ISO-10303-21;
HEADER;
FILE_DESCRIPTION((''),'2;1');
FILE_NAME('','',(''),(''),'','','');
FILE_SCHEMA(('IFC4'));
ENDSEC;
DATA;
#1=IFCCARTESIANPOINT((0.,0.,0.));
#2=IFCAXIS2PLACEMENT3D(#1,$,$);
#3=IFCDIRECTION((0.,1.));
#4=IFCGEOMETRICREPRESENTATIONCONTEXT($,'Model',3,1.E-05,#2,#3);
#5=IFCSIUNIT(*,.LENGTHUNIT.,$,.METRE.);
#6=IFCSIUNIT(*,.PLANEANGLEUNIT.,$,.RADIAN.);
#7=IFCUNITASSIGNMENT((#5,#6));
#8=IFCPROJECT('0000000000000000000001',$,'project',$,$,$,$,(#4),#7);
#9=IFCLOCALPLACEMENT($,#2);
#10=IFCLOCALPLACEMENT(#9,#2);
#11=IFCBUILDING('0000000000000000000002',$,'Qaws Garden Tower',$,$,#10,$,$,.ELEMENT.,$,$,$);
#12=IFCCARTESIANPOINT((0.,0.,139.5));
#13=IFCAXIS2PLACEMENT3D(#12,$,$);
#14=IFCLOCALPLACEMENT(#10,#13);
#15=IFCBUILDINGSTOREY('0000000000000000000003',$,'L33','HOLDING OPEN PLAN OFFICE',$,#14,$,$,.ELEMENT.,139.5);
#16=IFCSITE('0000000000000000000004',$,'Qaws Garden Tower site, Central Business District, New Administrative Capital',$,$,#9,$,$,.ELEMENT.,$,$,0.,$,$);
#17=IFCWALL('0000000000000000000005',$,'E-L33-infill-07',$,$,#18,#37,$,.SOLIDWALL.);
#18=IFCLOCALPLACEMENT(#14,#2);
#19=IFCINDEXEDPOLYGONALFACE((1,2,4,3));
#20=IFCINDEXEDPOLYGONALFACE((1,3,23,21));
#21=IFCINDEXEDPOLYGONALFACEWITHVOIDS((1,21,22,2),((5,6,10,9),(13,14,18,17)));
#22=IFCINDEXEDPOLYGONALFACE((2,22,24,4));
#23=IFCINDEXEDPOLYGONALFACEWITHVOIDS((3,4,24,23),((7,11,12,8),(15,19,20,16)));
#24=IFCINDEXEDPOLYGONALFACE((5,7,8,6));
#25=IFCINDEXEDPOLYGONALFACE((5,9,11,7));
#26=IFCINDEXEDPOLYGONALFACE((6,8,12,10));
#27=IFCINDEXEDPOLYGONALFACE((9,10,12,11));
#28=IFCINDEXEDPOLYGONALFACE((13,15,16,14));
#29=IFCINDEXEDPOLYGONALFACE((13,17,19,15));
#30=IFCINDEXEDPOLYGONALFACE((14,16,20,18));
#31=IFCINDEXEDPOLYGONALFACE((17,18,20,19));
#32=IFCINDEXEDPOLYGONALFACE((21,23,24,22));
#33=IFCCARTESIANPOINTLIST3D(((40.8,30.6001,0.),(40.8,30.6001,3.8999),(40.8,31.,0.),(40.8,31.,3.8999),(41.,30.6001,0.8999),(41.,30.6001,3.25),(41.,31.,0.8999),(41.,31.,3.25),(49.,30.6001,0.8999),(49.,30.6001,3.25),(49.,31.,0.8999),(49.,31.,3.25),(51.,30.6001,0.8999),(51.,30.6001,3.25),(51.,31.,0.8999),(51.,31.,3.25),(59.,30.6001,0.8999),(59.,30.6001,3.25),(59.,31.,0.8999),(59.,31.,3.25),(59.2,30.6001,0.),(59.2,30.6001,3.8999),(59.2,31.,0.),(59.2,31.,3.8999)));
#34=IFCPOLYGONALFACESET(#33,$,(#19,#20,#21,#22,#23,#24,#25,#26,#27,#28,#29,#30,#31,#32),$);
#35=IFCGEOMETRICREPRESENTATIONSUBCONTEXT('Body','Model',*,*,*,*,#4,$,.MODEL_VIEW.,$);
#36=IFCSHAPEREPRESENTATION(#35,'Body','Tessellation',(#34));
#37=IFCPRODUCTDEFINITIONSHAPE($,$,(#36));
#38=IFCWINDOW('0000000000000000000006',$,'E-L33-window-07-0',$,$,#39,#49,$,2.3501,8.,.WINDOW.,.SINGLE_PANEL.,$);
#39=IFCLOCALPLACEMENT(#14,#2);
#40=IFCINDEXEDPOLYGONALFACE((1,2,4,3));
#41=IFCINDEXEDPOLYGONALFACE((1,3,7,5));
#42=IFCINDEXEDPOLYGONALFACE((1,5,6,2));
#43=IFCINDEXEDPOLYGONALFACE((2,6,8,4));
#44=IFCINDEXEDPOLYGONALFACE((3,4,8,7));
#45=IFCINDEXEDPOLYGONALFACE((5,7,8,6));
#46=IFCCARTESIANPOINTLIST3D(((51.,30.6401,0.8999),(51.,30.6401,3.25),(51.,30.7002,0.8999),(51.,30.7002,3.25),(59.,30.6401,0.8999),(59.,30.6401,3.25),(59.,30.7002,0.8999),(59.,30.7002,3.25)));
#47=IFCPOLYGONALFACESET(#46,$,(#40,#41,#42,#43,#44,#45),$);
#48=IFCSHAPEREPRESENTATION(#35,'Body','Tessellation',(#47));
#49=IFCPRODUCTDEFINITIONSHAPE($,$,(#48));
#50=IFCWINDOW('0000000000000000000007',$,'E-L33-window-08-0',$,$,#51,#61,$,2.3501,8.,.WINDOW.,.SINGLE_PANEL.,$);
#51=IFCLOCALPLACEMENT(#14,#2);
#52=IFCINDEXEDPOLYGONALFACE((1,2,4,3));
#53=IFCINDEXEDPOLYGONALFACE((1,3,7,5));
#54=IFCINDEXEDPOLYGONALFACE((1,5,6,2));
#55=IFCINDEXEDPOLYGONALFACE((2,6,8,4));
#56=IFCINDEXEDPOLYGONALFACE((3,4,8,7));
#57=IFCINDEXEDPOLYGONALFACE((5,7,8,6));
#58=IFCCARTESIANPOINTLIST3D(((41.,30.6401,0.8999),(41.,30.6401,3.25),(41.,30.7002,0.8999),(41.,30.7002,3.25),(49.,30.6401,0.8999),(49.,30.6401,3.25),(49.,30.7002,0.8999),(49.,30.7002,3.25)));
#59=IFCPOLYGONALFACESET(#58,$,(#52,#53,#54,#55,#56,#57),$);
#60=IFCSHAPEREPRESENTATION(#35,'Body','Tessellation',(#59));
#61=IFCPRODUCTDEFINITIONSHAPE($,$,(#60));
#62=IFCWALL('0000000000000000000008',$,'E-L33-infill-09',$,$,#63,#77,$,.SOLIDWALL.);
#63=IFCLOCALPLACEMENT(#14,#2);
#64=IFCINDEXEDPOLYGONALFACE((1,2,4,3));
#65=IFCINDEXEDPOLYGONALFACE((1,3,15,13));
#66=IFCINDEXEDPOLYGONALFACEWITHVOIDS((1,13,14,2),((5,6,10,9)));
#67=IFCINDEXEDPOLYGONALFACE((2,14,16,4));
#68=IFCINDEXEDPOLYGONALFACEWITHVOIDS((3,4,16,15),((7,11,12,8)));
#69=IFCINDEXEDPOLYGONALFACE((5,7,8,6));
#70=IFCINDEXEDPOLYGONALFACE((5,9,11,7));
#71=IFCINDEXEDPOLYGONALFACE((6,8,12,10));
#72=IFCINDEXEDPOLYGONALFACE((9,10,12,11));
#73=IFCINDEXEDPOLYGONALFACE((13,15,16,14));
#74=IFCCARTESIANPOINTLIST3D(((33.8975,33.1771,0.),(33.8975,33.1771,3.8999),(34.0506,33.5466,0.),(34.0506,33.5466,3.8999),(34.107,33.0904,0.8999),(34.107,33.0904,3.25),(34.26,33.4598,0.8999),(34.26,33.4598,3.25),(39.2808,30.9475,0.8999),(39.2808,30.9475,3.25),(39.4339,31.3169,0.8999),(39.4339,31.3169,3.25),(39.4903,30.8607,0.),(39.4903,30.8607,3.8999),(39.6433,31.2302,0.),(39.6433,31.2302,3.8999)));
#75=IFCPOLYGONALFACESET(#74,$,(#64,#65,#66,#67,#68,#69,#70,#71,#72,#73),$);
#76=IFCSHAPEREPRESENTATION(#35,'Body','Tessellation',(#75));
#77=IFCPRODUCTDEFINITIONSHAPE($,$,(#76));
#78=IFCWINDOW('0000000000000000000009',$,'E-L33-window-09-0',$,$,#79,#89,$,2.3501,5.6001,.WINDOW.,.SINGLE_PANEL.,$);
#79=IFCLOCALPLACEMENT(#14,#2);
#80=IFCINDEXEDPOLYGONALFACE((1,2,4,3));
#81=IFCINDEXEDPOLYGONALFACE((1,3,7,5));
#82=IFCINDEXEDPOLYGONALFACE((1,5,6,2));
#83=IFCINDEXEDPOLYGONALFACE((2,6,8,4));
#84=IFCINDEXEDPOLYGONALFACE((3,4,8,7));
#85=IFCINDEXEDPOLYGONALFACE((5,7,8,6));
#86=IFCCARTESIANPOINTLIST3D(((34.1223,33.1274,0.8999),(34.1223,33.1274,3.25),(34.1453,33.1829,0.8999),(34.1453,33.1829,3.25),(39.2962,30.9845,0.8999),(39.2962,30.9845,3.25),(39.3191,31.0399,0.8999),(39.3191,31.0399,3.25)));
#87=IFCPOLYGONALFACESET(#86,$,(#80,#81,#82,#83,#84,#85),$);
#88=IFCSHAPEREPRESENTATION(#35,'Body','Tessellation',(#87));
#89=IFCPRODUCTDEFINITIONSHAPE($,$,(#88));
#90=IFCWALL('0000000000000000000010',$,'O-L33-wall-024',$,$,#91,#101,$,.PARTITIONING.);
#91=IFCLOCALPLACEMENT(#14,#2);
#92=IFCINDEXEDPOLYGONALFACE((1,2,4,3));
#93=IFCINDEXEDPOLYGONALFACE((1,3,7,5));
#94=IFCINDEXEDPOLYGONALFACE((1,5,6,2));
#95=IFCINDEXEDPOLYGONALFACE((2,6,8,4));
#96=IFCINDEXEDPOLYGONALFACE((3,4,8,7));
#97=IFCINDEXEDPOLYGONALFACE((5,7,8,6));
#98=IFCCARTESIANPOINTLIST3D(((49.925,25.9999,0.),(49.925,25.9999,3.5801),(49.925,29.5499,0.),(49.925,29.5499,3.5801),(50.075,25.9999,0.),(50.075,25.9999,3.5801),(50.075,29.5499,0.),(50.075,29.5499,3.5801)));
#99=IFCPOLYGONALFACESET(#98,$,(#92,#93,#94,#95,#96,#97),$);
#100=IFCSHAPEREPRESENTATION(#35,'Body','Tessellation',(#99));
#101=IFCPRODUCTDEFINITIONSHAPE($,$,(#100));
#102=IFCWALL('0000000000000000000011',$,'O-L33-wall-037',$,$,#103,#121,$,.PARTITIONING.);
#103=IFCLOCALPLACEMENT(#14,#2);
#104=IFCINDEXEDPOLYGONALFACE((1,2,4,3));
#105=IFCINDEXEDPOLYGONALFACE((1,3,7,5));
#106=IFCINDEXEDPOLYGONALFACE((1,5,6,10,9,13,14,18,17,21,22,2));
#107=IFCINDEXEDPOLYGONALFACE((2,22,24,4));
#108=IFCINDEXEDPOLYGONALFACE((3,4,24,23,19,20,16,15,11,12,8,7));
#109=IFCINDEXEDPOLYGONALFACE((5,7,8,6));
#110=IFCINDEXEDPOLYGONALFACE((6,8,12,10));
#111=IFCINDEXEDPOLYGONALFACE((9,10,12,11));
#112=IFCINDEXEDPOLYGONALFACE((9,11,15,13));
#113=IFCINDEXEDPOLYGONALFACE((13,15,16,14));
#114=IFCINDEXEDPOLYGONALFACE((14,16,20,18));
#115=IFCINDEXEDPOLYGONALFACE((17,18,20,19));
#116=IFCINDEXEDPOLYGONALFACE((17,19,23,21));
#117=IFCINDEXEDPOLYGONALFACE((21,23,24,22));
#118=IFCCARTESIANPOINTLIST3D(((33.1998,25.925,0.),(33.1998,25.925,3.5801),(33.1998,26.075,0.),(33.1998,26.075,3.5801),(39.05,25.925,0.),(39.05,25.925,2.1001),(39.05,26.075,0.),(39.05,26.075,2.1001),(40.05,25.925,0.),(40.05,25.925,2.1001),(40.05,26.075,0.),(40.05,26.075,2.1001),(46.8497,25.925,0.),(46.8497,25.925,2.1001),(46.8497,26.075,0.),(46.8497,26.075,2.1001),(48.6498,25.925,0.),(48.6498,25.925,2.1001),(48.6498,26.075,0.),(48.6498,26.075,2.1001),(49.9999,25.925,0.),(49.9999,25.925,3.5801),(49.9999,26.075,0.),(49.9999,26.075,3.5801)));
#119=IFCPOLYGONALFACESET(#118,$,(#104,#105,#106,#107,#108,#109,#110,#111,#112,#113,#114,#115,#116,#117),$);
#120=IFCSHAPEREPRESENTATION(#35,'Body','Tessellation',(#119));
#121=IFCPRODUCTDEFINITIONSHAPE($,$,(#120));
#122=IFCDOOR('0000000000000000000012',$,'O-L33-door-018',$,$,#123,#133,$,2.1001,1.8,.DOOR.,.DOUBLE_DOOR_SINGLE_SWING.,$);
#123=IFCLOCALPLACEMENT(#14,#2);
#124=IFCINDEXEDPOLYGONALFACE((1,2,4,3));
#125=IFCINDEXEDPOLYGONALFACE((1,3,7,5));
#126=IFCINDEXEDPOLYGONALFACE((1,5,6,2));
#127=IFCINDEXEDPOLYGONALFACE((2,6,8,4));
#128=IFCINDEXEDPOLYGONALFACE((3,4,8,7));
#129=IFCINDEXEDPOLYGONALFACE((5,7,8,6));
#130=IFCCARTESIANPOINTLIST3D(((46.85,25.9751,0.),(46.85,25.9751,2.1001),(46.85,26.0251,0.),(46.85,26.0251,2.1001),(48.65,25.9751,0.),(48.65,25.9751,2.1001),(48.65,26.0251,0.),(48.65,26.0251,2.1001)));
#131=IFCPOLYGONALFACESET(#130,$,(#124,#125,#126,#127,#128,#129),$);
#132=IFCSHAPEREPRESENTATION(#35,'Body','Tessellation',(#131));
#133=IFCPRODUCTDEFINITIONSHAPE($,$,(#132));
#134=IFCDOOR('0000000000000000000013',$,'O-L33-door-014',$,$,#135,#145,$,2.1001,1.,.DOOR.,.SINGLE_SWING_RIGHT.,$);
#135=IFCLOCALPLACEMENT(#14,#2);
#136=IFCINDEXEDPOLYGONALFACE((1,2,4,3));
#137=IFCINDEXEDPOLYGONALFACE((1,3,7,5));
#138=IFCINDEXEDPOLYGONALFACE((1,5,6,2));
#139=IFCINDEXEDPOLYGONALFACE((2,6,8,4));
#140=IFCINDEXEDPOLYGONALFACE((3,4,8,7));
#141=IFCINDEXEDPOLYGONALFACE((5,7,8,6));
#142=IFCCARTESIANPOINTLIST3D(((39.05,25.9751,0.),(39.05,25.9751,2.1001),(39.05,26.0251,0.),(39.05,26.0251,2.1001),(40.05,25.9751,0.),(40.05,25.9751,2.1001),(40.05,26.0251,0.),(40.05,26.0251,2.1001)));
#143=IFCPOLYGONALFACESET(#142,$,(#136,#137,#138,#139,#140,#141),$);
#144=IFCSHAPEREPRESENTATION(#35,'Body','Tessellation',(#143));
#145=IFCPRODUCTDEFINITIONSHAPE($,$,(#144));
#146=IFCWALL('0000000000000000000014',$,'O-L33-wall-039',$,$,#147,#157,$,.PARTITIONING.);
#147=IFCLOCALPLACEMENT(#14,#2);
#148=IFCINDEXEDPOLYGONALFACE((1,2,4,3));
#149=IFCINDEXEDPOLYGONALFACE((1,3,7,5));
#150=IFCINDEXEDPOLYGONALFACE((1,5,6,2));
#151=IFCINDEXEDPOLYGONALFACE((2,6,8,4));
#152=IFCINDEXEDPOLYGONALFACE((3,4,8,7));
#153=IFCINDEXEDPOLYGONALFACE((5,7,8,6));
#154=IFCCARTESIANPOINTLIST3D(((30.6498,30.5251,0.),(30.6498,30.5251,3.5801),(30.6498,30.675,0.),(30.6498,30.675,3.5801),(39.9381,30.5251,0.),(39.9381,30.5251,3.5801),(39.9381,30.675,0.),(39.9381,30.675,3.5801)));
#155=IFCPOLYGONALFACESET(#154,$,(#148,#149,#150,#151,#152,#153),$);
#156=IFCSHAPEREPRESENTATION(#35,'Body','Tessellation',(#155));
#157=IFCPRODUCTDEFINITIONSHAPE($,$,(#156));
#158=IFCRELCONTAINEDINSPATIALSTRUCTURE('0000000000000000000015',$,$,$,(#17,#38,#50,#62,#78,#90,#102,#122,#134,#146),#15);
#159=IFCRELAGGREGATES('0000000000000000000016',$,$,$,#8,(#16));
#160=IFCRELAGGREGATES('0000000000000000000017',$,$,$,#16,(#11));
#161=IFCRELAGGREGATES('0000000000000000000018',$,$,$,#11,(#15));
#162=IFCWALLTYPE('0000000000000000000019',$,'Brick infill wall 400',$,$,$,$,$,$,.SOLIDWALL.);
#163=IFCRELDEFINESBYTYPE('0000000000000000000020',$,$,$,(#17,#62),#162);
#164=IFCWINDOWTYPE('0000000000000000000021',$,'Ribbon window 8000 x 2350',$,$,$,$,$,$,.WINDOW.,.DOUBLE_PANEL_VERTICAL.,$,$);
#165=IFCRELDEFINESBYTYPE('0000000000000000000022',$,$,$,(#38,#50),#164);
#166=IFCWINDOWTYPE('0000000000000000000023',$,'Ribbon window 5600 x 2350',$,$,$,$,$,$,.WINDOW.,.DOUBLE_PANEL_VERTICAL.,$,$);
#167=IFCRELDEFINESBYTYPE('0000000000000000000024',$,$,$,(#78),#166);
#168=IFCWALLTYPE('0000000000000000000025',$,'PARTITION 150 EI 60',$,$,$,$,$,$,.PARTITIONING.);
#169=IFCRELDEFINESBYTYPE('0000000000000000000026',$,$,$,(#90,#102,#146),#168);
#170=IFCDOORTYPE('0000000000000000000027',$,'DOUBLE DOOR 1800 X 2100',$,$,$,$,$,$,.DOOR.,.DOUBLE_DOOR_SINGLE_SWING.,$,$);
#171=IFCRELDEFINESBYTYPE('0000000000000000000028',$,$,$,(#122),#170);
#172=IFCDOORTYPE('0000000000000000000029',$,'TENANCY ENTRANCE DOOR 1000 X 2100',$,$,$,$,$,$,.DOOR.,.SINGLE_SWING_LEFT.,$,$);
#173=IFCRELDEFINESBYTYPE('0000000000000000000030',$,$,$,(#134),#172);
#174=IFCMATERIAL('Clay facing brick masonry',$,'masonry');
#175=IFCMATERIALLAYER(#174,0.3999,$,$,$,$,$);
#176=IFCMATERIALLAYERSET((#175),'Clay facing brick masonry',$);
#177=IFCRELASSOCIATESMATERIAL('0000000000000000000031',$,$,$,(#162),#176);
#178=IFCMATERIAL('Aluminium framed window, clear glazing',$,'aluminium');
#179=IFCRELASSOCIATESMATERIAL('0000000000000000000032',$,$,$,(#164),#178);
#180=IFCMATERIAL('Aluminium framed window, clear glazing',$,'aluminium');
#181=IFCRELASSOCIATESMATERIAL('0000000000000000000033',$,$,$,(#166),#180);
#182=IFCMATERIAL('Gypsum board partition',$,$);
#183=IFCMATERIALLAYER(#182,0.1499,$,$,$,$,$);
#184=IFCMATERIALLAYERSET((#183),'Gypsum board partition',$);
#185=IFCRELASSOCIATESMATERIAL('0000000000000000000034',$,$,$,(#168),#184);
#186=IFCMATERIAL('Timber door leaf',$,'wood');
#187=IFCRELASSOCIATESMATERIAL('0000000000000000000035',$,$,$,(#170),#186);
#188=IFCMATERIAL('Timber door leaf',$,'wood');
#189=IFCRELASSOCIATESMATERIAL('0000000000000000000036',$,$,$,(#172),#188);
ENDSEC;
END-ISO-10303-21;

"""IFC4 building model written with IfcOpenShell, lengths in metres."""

from ifc_helpers import new_model, si_unit, direction, frame, frame_2d, origin, place, context, subcontext, project, spatial, rectangle, extrude, material, layer, layer_set, type_object, element, fill, save


model = new_model("IFC4")

# Units and contexts
model_context = context("Model", 3, precision=1e-05, world=origin(), true_north=direction((0.0, 1.0)))
body_context = subcontext(model_context, "Body", "Model", "MODEL_VIEW")
ifc_project = project(units=[si_unit("LENGTHUNIT", "METRE"), si_unit("PLANEANGLEUNIT", "RADIAN")], contexts=[model_context])

# Site, building, storey
site_placement = place(None, origin())
site = spatial("IfcSite", under=ifc_project, at=site_placement, Name="Qaws Garden Tower site, Central Business District, New Administrative Capital", CompositionType="ELEMENT", RefElevation=0.0)
building_placement = place(site_placement, origin())
building = spatial("IfcBuilding", under=site, at=building_placement, Name="Qaws Garden Tower", CompositionType="ELEMENT")
storey_placement = place(building_placement, frame((0.0, 0.0, 139.5)))
storey = spatial("IfcBuildingStorey", under=building, at=storey_placement, Name="L33", Description="HOLDING OPEN PLAN OFFICE", CompositionType="ELEMENT", Elevation=139.5)

# Wall, openings, windows
ifc_material_1 = material(Name="Clay facing brick masonry", Category="masonry")
ifc_layer_1 = layer(ifc_material_1, 0.3999)
ifc_layer_set_1 = layer_set([ifc_layer_1], Name="Clay facing brick masonry")
wall_type_1 = type_object("IfcWallType", Name="Brick infill wall 400", PredefinedType="SOLIDWALL", material=ifc_layer_set_1)
wall_1_placement = place(storey_placement, frame((59.2, 30.8, 0.0), z_axis=(0.0, 0.0, 1.0), x_axis=(-1.0, 0.0, 0.0)))
wall_1 = element("IfcWall", 1, at=wall_1_placement, inside=storey, type_object=wall_type_1, Name="E-L33-infill-07", PredefinedType="SOLIDWALL", context=body_context, shape_type="SweptSolid", body=[
    extrude(rectangle(XDim=18.3999, YDim=0.3999, at=frame_2d((9.2, 0.0))), origin(), (0.0, 0.0, 1.0), 3.8999),
])
opening_1_placement = place(wall_1_placement, frame((0.2, 0.0, 0.8999)))
opening_1 = element("IfcOpeningElement", 2, at=opening_1_placement, cuts=wall_1, PredefinedType="OPENING", context=body_context, shape_type="SweptSolid", body=[
    extrude(rectangle(XDim=8.0, YDim=2.3501, at=frame_2d((4.0, 1.175))), frame((0.0, 0.21, 0.0), z_axis=(0.0, -1.0, 0.0), x_axis=(1.0, 0.0, 0.0)), (0.0, 0.0, 1.0), 0.4199),
])
opening_2_placement = place(wall_1_placement, frame((10.2, 0.0, 0.8999)))
opening_2 = element("IfcOpeningElement", 3, at=opening_2_placement, cuts=wall_1, PredefinedType="OPENING", context=body_context, shape_type="SweptSolid", body=[
    extrude(rectangle(XDim=8.0, YDim=2.3501, at=frame_2d((4.0, 1.175))), frame((0.0, 0.21, 0.0), z_axis=(0.0, -1.0, 0.0), x_axis=(1.0, 0.0, 0.0)), (0.0, 0.0, 1.0), 0.4199),
])
ifc_material_2 = material(Name="Aluminium framed window, clear glazing", Category="aluminium")
window_type_1 = type_object("IfcWindowType", Name="Ribbon window 8000 x 2350", PartitioningType="DOUBLE_PANEL_VERTICAL", PredefinedType="WINDOW", material=ifc_material_2)
window_1_placement = place(opening_1_placement, origin())
window_1 = element("IfcWindow", 4, at=window_1_placement, inside=storey, type_object=window_type_1, Name="E-L33-window-07-0", OverallHeight=2.3501, OverallWidth=8.0, PartitioningType="SINGLE_PANEL", PredefinedType="WINDOW", context=body_context, shape_type="SweptSolid", body=[
    extrude(rectangle(XDim=8.0, YDim=2.3501, at=frame_2d((4.0, 1.175))), frame((0.0, 0.1599, 0.0), z_axis=(0.0, -1.0, 0.0), x_axis=(1.0, 0.0, 0.0)), (0.0, 0.0, 1.0), 0.0601),
])
fill(opening_1, window_1)
window_2_placement = place(opening_2_placement, origin())
window_2 = element("IfcWindow", 5, at=window_2_placement, inside=storey, type_object=window_type_1, Name="E-L33-window-08-0", OverallHeight=2.3501, OverallWidth=8.0, PartitioningType="SINGLE_PANEL", PredefinedType="WINDOW", context=body_context, shape_type="SweptSolid", body=[
    extrude(rectangle(XDim=8.0, YDim=2.3501, at=frame_2d((4.0, 1.175))), frame((0.0, 0.1599, 0.0), z_axis=(0.0, -1.0, 0.0), x_axis=(1.0, 0.0, 0.0)), (0.0, 0.0, 1.0), 0.0601),
])
fill(opening_2, window_2)

# Wall, opening, window
wall_2_placement = place(storey_placement, frame((39.5669, 31.0454, 0.0), z_axis=(0.0, 0.0, 1.0), x_axis=(-0.923891, 0.382656, 0.0)))
wall_2 = element("IfcWall", 6, at=wall_2_placement, inside=storey, type_object=wall_type_1, Name="E-L33-infill-09", PredefinedType="SOLIDWALL", context=body_context, shape_type="SweptSolid", body=[
    extrude(rectangle(XDim=6.0535, YDim=0.3999, at=frame_2d((3.0269, 0.0))), origin(), (0.0, 0.0, 1.0), 3.8999),
])
opening_3_placement = place(wall_2_placement, frame((0.2268, 0.0, 0.8999)))
opening_3 = element("IfcOpeningElement", 7, at=opening_3_placement, cuts=wall_2, PredefinedType="OPENING", context=body_context, shape_type="SweptSolid", body=[
    extrude(rectangle(XDim=5.6001, YDim=2.3501, at=frame_2d((2.8, 1.175))), frame((0.0, 0.21, 0.0), z_axis=(0.0, -1.0, 0.0), x_axis=(1.0, 0.0, 0.0)), (0.0, 0.0, 1.0), 0.4199),
])
ifc_material_3 = material(Name="Aluminium framed window, clear glazing", Category="aluminium")
window_type_2 = type_object("IfcWindowType", Name="Ribbon window 5600 x 2350", PartitioningType="DOUBLE_PANEL_VERTICAL", PredefinedType="WINDOW", material=ifc_material_3)
window_3_placement = place(opening_3_placement, origin())
window_3 = element("IfcWindow", 8, at=window_3_placement, inside=storey, type_object=window_type_2, Name="E-L33-window-09-0", OverallHeight=2.3501, OverallWidth=5.6001, PartitioningType="SINGLE_PANEL", PredefinedType="WINDOW", context=body_context, shape_type="SweptSolid", body=[
    extrude(rectangle(XDim=5.6001, YDim=2.3501, at=frame_2d((2.8, 1.175))), frame((0.0, 0.1599, 0.0), z_axis=(0.0, -1.0, 0.0), x_axis=(1.0, 0.0, 0.0)), (0.0, 0.0, 1.0), 0.0601),
])
fill(opening_3, window_3)

# Wall
ifc_material_4 = material(Name="Gypsum board partition")
ifc_layer_2 = layer(ifc_material_4, 0.1499)
ifc_layer_set_2 = layer_set([ifc_layer_2], Name="Gypsum board partition")
wall_type_2 = type_object("IfcWallType", Name="PARTITION 150 EI 60", PredefinedType="PARTITIONING", material=ifc_layer_set_2)
wall_3_placement = place(storey_placement, frame((50.0, 26.0, 0.0), z_axis=(0.0, 0.0, 1.0), x_axis=(0.0, 1.0, 0.0)))
element("IfcWall", 9, at=wall_3_placement, inside=storey, type_object=wall_type_2, Name="O-L33-wall-024", PredefinedType="PARTITIONING", context=body_context, shape_type="SweptSolid", body=[
    extrude(rectangle(XDim=3.55, YDim=0.1499, at=frame_2d((1.7749, 0.0))), origin(), (0.0, 0.0, 1.0), 3.5801),
])

# Wall, openings, doors
wall_4_placement = place(storey_placement, frame((33.2, 26.0, 0.0), z_axis=(0.0, 0.0, 1.0), x_axis=(1.0, 0.0, 0.0)))
wall_4 = element("IfcWall", 10, at=wall_4_placement, inside=storey, type_object=wall_type_2, Name="O-L33-wall-037", PredefinedType="PARTITIONING", context=body_context, shape_type="SweptSolid", body=[
    extrude(rectangle(XDim=16.8, YDim=0.1499, at=frame_2d((8.3999, 0.0))), origin(), (0.0, 0.0, 1.0), 3.5801),
])
opening_4_placement = place(wall_4_placement, frame((5.8501, 0.0, 0.0)))
opening_4 = element("IfcOpeningElement", 11, at=opening_4_placement, cuts=wall_4, PredefinedType="OPENING", context=body_context, shape_type="SweptSolid", body=[
    extrude(rectangle(XDim=1.0, YDim=2.1001, at=frame_2d((0.5, 1.05))), frame((0.0, 0.085, 0.0), z_axis=(0.0, -1.0, 0.0), x_axis=(1.0, 0.0, 0.0)), (0.0, 0.0, 1.0), 0.1699),
])
opening_5_placement = place(wall_4_placement, frame((13.6499, 0.0, 0.0)))
opening_5 = element("IfcOpeningElement", 12, at=opening_5_placement, cuts=wall_4, PredefinedType="OPENING", context=body_context, shape_type="SweptSolid", body=[
    extrude(rectangle(XDim=1.8, YDim=2.1001, at=frame_2d((0.8999, 1.05))), frame((0.0, 0.085, 0.0), z_axis=(0.0, -1.0, 0.0), x_axis=(1.0, 0.0, 0.0)), (0.0, 0.0, 1.0), 0.1699),
])
ifc_material_5 = material(Name="Timber door leaf", Category="wood")
door_type_1 = type_object("IfcDoorType", Name="DOUBLE DOOR 1800 X 2100", OperationType="DOUBLE_DOOR_SINGLE_SWING", PredefinedType="DOOR", material=ifc_material_5)
door_1_placement = place(opening_5_placement, frame((1.8, 0.0, 0.0), z_axis=(0.0, 0.0, 1.0), x_axis=(-1.0, 0.0, 0.0)))
door_1 = element("IfcDoor", 13, at=door_1_placement, inside=storey, type_object=door_type_1, Name="O-L33-door-018", OperationType="DOUBLE_DOOR_SINGLE_SWING", OverallHeight=2.1001, OverallWidth=1.8, PredefinedType="DOOR", context=body_context, shape_type="SweptSolid", body=[
    extrude(rectangle(XDim=1.8, YDim=2.1001, at=frame_2d((0.8999, 1.05))), frame((0.0, 0.0249, 0.0), z_axis=(0.0, -1.0, 0.0), x_axis=(1.0, 0.0, 0.0)), (0.0, 0.0, 1.0), 0.05),
])
fill(opening_5, door_1)
ifc_material_6 = material(Name="Timber door leaf", Category="wood")
door_type_2 = type_object("IfcDoorType", Name="TENANCY ENTRANCE DOOR 1000 X 2100", OperationType="SINGLE_SWING_LEFT", PredefinedType="DOOR", material=ifc_material_6)
door_2_placement = place(opening_4_placement, frame((1.0, 0.0, 0.0), z_axis=(0.0, 0.0, 1.0), x_axis=(-1.0, 0.0, 0.0)))
door_2 = element("IfcDoor", 14, at=door_2_placement, inside=storey, type_object=door_type_2, Name="O-L33-door-014", OperationType="SINGLE_SWING_RIGHT", OverallHeight=2.1001, OverallWidth=1.0, PredefinedType="DOOR", context=body_context, shape_type="SweptSolid", body=[
    extrude(rectangle(XDim=1.0, YDim=2.1001, at=frame_2d((0.5, 1.05))), frame((0.0, 0.0249, 0.0), z_axis=(0.0, -1.0, 0.0), x_axis=(1.0, 0.0, 0.0)), (0.0, 0.0, 1.0), 0.05),
])
fill(opening_4, door_2)

# Wall
wall_5_placement = place(storey_placement, frame((30.6499, 30.6001, 0.0), z_axis=(0.0, 0.0, 1.0), x_axis=(1.0, 0.0, 0.0)))
element("IfcWall", 15, at=wall_5_placement, inside=storey, type_object=wall_type_2, Name="O-L33-wall-039", PredefinedType="PARTITIONING", context=body_context, shape_type="SweptSolid", body=[
    extrude(rectangle(XDim=9.2883, YDim=0.1499, at=frame_2d((4.644, 0.0))), origin(), (0.0, 0.0, 1.0), 3.5801),
])

save(model, "model.ifc")
